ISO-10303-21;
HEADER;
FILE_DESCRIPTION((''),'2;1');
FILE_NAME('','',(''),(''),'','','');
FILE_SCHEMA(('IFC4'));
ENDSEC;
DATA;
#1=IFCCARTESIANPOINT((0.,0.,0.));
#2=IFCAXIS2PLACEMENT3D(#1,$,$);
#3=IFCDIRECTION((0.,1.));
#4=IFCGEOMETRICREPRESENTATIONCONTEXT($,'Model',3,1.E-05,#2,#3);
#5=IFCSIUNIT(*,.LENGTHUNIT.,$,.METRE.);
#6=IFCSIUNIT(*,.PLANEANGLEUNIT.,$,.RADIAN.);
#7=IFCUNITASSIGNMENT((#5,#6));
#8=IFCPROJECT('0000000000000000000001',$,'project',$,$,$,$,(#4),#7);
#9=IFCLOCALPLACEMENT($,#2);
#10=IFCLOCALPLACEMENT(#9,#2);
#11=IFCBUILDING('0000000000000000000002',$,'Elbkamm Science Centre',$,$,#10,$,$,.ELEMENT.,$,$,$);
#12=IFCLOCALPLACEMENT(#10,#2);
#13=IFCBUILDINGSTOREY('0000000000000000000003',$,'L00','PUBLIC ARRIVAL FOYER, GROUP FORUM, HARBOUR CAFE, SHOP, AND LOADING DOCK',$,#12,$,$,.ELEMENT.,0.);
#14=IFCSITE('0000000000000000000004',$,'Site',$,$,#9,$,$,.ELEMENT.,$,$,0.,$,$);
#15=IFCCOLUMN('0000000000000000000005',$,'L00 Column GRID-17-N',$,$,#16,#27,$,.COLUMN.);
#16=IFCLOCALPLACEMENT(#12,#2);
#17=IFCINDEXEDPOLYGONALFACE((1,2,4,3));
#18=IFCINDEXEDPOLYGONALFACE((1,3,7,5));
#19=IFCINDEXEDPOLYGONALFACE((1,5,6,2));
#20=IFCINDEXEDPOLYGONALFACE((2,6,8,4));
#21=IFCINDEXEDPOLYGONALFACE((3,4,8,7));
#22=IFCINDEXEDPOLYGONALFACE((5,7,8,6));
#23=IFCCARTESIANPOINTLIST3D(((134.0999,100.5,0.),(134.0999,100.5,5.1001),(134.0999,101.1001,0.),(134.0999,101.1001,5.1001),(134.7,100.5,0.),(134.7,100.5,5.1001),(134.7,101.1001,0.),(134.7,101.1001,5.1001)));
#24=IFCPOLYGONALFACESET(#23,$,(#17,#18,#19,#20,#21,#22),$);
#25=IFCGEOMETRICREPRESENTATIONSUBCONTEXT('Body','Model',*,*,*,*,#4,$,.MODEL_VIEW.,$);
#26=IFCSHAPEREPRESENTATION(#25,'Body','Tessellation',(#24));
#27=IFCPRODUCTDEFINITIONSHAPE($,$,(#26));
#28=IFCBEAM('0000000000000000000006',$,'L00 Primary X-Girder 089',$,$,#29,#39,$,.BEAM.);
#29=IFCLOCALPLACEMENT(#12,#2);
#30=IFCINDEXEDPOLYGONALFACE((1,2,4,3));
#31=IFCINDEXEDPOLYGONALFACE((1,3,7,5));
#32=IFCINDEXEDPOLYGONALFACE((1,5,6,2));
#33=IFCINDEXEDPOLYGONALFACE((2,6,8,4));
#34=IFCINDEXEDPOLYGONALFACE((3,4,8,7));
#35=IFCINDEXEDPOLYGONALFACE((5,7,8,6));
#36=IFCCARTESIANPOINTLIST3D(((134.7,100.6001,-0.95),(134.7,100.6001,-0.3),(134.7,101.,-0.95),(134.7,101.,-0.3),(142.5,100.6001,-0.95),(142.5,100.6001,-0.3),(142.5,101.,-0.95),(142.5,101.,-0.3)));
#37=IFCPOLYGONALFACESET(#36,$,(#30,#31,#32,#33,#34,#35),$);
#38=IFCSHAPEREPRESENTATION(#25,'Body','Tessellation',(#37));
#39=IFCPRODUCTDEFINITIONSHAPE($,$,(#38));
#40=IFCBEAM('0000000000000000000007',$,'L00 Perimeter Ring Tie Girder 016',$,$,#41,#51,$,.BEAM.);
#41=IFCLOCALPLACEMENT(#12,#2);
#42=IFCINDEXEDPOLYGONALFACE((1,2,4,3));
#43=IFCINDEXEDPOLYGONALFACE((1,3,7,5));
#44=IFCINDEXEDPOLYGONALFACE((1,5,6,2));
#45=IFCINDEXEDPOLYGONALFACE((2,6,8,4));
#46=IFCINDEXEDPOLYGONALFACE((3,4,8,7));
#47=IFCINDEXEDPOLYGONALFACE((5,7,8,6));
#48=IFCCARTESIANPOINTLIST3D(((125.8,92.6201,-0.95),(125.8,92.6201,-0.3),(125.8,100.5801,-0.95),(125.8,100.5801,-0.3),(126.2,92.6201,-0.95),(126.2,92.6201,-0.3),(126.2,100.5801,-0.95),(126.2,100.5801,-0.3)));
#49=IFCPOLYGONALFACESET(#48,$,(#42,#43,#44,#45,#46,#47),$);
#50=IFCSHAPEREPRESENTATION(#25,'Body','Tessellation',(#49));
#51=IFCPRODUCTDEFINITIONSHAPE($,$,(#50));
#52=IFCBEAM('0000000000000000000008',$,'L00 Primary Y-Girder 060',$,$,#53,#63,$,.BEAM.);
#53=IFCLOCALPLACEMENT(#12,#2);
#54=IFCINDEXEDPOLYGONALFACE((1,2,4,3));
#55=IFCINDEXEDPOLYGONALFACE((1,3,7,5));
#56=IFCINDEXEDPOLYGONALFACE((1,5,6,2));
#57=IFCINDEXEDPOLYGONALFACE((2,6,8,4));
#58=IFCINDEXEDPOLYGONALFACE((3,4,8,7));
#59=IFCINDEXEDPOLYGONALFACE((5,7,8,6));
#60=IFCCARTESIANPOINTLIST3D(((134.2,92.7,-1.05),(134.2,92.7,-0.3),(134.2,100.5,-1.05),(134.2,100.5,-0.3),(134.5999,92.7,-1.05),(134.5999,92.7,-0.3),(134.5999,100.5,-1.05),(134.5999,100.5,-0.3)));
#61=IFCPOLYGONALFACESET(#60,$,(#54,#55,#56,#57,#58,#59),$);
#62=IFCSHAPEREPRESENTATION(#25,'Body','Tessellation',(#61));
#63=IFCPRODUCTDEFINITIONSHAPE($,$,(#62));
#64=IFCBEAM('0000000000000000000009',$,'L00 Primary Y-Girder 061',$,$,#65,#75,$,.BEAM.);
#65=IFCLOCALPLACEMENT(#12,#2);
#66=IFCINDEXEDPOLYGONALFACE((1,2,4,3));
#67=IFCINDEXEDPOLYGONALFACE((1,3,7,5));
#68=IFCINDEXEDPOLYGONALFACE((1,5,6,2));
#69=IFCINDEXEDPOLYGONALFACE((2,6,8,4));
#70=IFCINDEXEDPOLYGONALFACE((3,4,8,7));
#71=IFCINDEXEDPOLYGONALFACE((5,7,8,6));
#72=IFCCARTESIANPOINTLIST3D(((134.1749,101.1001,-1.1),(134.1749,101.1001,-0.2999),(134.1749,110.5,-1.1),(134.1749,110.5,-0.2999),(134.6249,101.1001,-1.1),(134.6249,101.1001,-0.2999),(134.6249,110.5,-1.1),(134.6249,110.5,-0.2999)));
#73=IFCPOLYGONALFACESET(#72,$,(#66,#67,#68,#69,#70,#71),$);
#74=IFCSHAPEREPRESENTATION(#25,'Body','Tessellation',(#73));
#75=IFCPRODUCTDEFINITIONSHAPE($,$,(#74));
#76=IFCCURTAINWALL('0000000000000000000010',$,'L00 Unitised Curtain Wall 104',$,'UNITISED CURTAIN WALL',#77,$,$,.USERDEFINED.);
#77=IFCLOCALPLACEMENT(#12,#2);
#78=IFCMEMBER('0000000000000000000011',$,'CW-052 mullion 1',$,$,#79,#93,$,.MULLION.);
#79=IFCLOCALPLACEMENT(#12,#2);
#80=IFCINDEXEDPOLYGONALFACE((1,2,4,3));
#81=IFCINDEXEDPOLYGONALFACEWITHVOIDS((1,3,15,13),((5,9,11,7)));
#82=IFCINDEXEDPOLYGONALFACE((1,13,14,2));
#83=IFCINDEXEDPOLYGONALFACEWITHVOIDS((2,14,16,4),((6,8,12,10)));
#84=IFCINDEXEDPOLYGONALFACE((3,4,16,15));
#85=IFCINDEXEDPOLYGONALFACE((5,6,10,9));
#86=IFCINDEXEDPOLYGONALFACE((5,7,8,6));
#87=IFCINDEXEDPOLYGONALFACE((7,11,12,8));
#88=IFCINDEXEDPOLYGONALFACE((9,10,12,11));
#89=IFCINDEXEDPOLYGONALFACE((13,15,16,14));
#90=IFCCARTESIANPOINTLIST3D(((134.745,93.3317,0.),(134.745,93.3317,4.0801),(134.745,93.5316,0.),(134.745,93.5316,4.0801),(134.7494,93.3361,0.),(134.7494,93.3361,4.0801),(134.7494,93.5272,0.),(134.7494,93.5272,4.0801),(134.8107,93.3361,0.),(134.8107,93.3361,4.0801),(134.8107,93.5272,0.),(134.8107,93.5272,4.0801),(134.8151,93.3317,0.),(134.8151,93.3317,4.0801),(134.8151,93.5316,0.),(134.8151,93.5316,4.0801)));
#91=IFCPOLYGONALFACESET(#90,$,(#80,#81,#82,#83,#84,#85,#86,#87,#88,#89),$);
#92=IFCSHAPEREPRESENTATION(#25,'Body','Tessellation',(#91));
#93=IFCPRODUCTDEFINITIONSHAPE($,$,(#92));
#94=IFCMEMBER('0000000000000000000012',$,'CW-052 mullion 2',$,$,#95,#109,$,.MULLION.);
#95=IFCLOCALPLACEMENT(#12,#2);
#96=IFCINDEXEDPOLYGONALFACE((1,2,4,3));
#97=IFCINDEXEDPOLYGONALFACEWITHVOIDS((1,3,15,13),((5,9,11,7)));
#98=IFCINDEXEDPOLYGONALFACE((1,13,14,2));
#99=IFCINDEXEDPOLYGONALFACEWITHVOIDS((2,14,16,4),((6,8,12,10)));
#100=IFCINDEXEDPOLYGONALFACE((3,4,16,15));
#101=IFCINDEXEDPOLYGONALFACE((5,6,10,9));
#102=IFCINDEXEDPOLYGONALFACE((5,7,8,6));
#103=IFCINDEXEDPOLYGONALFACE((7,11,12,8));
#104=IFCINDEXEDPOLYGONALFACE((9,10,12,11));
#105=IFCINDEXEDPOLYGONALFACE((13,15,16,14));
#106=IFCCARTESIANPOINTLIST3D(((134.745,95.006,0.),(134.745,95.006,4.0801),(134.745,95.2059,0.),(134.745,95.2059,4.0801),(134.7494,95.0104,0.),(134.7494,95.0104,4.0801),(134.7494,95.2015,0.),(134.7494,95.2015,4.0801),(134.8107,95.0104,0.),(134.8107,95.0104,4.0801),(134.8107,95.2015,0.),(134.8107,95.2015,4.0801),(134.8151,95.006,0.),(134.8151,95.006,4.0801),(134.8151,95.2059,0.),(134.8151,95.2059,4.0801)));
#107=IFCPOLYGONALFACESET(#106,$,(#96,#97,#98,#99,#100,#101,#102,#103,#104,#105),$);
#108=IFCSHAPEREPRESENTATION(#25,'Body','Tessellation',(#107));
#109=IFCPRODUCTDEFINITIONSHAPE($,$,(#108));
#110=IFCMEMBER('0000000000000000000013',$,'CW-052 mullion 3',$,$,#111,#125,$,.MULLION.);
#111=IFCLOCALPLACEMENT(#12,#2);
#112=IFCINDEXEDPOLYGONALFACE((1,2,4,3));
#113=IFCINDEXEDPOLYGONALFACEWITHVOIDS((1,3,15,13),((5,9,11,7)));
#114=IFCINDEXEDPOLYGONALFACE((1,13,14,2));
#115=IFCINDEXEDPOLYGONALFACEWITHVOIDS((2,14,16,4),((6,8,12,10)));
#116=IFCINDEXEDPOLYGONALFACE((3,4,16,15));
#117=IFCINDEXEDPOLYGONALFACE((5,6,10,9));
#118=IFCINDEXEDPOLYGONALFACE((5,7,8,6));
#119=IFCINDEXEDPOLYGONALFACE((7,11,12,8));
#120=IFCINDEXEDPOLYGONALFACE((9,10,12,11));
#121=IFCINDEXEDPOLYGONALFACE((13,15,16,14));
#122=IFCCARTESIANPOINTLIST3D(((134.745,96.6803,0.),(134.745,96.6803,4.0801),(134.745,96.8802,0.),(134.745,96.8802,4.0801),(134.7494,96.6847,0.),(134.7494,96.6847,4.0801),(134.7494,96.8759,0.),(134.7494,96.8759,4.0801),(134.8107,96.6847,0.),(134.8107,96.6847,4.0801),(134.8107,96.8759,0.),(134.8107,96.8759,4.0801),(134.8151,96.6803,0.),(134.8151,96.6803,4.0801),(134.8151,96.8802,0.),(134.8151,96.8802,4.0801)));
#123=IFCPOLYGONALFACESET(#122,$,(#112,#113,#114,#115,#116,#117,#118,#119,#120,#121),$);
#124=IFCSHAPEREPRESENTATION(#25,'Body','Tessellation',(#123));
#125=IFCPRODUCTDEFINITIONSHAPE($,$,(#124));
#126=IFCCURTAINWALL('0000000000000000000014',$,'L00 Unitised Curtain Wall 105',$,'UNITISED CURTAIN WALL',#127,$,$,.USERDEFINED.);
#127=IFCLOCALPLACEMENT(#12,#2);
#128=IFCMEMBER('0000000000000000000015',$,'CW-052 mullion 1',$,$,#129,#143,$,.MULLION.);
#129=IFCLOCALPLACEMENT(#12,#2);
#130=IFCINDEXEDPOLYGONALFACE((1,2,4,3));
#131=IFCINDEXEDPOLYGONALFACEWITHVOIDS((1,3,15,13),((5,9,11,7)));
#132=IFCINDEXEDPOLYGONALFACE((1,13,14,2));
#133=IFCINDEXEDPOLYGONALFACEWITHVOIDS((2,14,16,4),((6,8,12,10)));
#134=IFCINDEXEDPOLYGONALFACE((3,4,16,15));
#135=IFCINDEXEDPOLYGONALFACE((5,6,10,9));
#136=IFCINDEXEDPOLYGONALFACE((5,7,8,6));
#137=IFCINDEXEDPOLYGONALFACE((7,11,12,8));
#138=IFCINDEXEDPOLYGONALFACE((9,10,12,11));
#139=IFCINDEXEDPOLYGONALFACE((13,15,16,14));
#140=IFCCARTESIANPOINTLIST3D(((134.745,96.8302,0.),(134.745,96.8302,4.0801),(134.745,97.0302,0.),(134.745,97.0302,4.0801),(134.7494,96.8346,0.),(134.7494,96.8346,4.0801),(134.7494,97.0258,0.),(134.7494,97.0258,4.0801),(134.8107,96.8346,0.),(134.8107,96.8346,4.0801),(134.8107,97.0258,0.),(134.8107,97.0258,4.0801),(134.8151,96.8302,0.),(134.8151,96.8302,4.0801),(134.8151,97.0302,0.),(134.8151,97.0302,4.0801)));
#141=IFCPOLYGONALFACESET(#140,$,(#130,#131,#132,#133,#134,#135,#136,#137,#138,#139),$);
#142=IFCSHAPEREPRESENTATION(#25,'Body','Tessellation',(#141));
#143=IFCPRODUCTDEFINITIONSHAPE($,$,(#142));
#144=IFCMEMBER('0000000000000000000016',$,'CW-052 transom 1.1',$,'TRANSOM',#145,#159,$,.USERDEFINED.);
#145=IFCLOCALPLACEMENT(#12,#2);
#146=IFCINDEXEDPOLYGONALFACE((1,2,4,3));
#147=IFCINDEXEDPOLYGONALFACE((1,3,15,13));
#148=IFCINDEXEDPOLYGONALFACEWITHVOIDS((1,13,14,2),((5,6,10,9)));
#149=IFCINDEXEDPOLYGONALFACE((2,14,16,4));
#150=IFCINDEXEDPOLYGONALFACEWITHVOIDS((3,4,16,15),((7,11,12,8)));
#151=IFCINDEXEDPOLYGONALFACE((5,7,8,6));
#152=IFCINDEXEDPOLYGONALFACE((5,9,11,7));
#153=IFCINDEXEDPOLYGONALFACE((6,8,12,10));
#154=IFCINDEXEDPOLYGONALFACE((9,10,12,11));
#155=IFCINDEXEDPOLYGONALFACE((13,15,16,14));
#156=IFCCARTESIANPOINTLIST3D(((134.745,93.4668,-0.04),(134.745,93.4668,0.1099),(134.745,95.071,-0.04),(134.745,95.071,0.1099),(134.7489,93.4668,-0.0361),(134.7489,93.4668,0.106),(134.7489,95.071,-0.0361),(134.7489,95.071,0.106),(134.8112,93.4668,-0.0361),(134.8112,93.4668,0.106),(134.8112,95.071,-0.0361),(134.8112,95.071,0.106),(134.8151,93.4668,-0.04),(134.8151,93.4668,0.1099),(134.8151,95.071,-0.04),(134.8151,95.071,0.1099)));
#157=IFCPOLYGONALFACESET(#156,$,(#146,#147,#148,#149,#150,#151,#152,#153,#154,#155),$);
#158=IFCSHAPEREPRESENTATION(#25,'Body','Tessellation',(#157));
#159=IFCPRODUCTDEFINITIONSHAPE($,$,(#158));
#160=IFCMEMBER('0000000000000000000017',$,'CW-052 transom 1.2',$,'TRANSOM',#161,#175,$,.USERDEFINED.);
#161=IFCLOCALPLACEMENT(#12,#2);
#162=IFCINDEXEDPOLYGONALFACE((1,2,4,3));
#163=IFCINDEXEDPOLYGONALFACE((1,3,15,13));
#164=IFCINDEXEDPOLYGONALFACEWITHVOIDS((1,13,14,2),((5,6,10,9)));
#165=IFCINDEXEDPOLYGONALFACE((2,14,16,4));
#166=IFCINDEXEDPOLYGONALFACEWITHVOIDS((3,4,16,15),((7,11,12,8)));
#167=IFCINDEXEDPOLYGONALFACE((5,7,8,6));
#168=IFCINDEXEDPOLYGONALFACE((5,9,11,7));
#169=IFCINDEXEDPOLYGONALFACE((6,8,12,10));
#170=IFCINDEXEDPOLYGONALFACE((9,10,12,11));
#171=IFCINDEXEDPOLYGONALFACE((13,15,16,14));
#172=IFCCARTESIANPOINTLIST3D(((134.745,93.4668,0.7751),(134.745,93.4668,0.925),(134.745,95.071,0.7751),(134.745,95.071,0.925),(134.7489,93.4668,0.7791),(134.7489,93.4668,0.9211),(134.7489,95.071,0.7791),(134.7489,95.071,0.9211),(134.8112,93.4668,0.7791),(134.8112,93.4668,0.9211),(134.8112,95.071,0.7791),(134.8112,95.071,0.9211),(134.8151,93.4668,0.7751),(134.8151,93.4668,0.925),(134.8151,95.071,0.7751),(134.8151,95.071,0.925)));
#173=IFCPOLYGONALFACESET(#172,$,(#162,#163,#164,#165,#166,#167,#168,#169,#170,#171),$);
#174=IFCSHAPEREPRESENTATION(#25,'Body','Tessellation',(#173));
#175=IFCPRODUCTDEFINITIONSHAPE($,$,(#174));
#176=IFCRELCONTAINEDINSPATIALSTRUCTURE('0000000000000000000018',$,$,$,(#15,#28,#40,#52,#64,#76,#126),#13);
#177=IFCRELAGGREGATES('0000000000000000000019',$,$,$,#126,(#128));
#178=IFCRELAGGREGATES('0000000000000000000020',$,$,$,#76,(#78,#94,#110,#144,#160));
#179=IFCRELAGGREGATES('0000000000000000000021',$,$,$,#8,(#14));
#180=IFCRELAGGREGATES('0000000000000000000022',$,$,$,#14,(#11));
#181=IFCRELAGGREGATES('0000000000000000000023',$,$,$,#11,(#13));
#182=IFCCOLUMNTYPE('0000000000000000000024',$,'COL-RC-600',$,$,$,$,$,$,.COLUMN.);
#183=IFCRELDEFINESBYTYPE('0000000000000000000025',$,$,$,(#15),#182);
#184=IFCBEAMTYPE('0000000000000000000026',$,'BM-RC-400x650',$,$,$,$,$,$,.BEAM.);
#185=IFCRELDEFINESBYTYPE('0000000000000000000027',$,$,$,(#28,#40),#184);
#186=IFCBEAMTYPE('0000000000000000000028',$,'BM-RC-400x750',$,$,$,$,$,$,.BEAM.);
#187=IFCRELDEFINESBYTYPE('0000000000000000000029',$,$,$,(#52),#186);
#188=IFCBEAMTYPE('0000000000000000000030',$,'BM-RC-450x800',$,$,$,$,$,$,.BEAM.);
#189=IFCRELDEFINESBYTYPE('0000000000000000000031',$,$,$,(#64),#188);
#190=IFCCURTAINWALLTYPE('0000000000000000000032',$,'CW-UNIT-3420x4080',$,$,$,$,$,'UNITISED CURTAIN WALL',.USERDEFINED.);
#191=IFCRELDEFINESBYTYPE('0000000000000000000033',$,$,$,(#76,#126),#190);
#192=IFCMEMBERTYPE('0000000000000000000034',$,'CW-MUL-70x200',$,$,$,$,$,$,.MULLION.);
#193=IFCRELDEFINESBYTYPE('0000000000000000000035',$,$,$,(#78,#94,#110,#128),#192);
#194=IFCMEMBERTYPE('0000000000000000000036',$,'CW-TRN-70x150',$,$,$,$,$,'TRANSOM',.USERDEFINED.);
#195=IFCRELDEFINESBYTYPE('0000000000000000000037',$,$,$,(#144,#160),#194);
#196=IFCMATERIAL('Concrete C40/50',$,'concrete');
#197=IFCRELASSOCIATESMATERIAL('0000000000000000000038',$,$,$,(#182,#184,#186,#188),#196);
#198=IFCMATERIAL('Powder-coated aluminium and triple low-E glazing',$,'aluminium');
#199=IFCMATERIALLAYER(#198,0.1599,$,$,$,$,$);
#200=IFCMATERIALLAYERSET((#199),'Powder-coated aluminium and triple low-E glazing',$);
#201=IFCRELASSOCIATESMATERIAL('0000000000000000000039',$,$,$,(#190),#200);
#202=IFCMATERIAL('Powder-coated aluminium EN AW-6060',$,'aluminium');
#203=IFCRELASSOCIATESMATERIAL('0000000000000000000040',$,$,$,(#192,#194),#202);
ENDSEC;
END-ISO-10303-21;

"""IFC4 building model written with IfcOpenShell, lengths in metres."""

from ifc_helpers import new_model, si_unit, direction, frame, origin, origin_2d, place, context, subcontext, project, spatial, rectangle, hollow_rectangle, extrude, material, layer, layer_set, material_profile, profile_set, type_object, element, aggregate, save


model = new_model("IFC4")

# Units and contexts
model_context = context("Model", 3, precision=1e-05, world=origin(), true_north=direction((0.0, 1.0)))
body_context = subcontext(model_context, "Body", "Model", "MODEL_VIEW")
ifc_project = project(units=[si_unit("LENGTHUNIT", "METRE"), si_unit("PLANEANGLEUNIT", "RADIAN")], contexts=[model_context])

# Site, building, storey
site_placement = place(None, origin())
site = spatial("IfcSite", under=ifc_project, at=site_placement, Name="Site", CompositionType="ELEMENT", RefElevation=0.0)
building_placement = place(site_placement, origin())
building = spatial("IfcBuilding", under=site, at=building_placement, Name="Elbkamm Science Centre", CompositionType="ELEMENT")
storey_placement = place(building_placement, origin())
storey = spatial("IfcBuildingStorey", under=building, at=storey_placement, Name="L00", Description="PUBLIC ARRIVAL FOYER, GROUP FORUM, HARBOUR CAFE, SHOP, AND LOADING DOCK", CompositionType="ELEMENT", Elevation=0.0)

# Column
ifc_material_1 = material(Name="Concrete C40/50", Category="concrete")
ifc_material_profile_1 = material_profile(ifc_material_1, rectangle(XDim=0.6001, YDim=0.6001, at=origin_2d()), Name="RC 600x600")
ifc_profile_set_1 = profile_set([ifc_material_profile_1], Name="Concrete C40/50")
column_type = type_object("IfcColumnType", Name="COL-RC-600", PredefinedType="COLUMN", material=ifc_profile_set_1)
column_placement = place(storey_placement, frame((134.3999, 100.8, 0.0), z_axis=(0.0, 0.0, 1.0), x_axis=(1.0, 0.0, 0.0)))
element("IfcColumn", 1, at=column_placement, inside=storey, type_object=column_type, Name="L00 Column GRID-17-N", PredefinedType="COLUMN", context=body_context, shape_type="SweptSolid", body=[
    extrude(rectangle(XDim=0.6001, YDim=0.6001, at=origin_2d()), origin(), (0.0, 0.0, 1.0), 5.1001),
])

# Beams
ifc_material_profile_2 = material_profile(ifc_material_1, rectangle(XDim=0.3999, YDim=0.6499, at=origin_2d()), Name="RC 400x650")
ifc_profile_set_2 = profile_set([ifc_material_profile_2], Name="Concrete C40/50")
beam_type_1 = type_object("IfcBeamType", Name="BM-RC-400x650", PredefinedType="BEAM", material=ifc_profile_set_2)
beam_1_placement = place(storey_placement, frame((134.7, 100.8, -0.625), z_axis=(1.0, 0.0, 0.0), x_axis=(0.0, 1.0, 0.0)))
element("IfcBeam", 2, at=beam_1_placement, inside=storey, type_object=beam_type_1, Name="L00 Primary X-Girder 089", PredefinedType="BEAM", context=body_context, shape_type="SweptSolid", body=[
    extrude(rectangle(XDim=0.3999, YDim=0.6499, at=origin_2d()), origin(), (0.0, 0.0, 1.0), 7.8),
])
beam_2_placement = place(storey_placement, frame((126.0, 100.5801, -0.625), z_axis=(0.0, -1.0, 0.0), x_axis=(1.0, 0.0, 0.0)))
element("IfcBeam", 3, at=beam_2_placement, inside=storey, type_object=beam_type_1, Name="L00 Perimeter Ring Tie Girder 016", PredefinedType="BEAM", context=body_context, shape_type="SweptSolid", body=[
    extrude(rectangle(XDim=0.3999, YDim=0.6499, at=origin_2d()), origin(), (0.0, 0.0, 1.0), 7.96),
])
ifc_material_profile_3 = material_profile(ifc_material_1, rectangle(XDim=0.3999, YDim=0.75, at=origin_2d()), Name="RC 400x750")
ifc_profile_set_3 = profile_set([ifc_material_profile_3], Name="Concrete C40/50")
beam_type_2 = type_object("IfcBeamType", Name="BM-RC-400x750", PredefinedType="BEAM", material=ifc_profile_set_3)
beam_3_placement = place(storey_placement, frame((134.3999, 92.7, -0.675), z_axis=(0.0, 1.0, 0.0), x_axis=(-1.0, 0.0, 0.0)))
element("IfcBeam", 4, at=beam_3_placement, inside=storey, type_object=beam_type_2, Name="L00 Primary Y-Girder 060", PredefinedType="BEAM", context=body_context, shape_type="SweptSolid", body=[
    extrude(rectangle(XDim=0.3999, YDim=0.75, at=origin_2d()), origin(), (0.0, 0.0, 1.0), 7.8),
])
ifc_material_profile_4 = material_profile(ifc_material_1, rectangle(XDim=0.45, YDim=0.8, at=origin_2d()), Name="RC 450x800")
ifc_profile_set_4 = profile_set([ifc_material_profile_4], Name="Concrete C40/50")
beam_type_3 = type_object("IfcBeamType", Name="BM-RC-450x800", PredefinedType="BEAM", material=ifc_profile_set_4)
beam_4_placement = place(storey_placement, frame((134.3999, 101.1001, -0.7), z_axis=(0.0, 1.0, 0.0), x_axis=(-1.0, 0.0, 0.0)))
element("IfcBeam", 5, at=beam_4_placement, inside=storey, type_object=beam_type_3, Name="L00 Primary Y-Girder 061", PredefinedType="BEAM", context=body_context, shape_type="SweptSolid", body=[
    extrude(rectangle(XDim=0.45, YDim=0.8, at=origin_2d()), origin(), (0.0, 0.0, 1.0), 9.3999),
])

# Curtain wall, members
ifc_material_2 = material(Name="Powder-coated aluminium and triple low-E glazing", Category="aluminium")
ifc_layer_1 = layer(ifc_material_2, 0.1599)
ifc_layer_set_1 = layer_set([ifc_layer_1], Name="Powder-coated aluminium and triple low-E glazing")
curtain_wall_type = type_object("IfcCurtainWallType", Name="CW-UNIT-3420x4080", ElementType="UNITISED CURTAIN WALL", PredefinedType="USERDEFINED", material=ifc_layer_set_1)
curtain_wall_1_placement = place(storey_placement, origin())
curtain_wall_1 = element("IfcCurtainWall", 6, at=curtain_wall_1_placement, inside=storey, type_object=curtain_wall_type, Name="L00 Unitised Curtain Wall 104", ObjectType="UNITISED CURTAIN WALL", PredefinedType="USERDEFINED")
ifc_material_3 = material(Name="Powder-coated aluminium EN AW-6060", Category="aluminium")
ifc_material_profile_5 = material_profile(ifc_material_3, hollow_rectangle(XDim=0.0701, YDim=0.2, WallThickness=0.0044, at=origin_2d()), Name="ALU M70x200")
ifc_profile_set_5 = profile_set([ifc_material_profile_5], Name="Powder-coated aluminium EN AW-6060")
member_type_1 = type_object("IfcMemberType", Name="CW-MUL-70x200", PredefinedType="MULLION", material=ifc_profile_set_5)
member_1_placement = place(storey_placement, frame((134.78, 93.4316, 0.0), z_axis=(0.0, 0.0, 1.0), x_axis=(-1.0, 0.0, 0.0)))
member_1 = element("IfcMember", 7, at=member_1_placement, type_object=member_type_1, Name="CW-052 mullion 1", PredefinedType="MULLION", context=body_context, shape_type="SweptSolid", body=[
    extrude(hollow_rectangle(XDim=0.0701, YDim=0.2, WallThickness=0.0044, at=origin_2d()), origin(), (0.0, 0.0, 1.0), 4.0801),
])
member_2_placement = place(storey_placement, frame((134.78, 95.106, 0.0), z_axis=(0.0, 0.0, 1.0), x_axis=(-1.0, 0.0, 0.0)))
member_2 = element("IfcMember", 8, at=member_2_placement, type_object=member_type_1, Name="CW-052 mullion 2", PredefinedType="MULLION", context=body_context, shape_type="SweptSolid", body=[
    extrude(hollow_rectangle(XDim=0.0701, YDim=0.2, WallThickness=0.0044, at=origin_2d()), origin(), (0.0, 0.0, 1.0), 4.0801),
])
member_3_placement = place(storey_placement, frame((134.78, 96.7803, 0.0), z_axis=(0.0, 0.0, 1.0), x_axis=(-1.0, 0.0, 0.0)))
member_3 = element("IfcMember", 9, at=member_3_placement, type_object=member_type_1, Name="CW-052 mullion 3", PredefinedType="MULLION", context=body_context, shape_type="SweptSolid", body=[
    extrude(hollow_rectangle(XDim=0.0701, YDim=0.2, WallThickness=0.0044, at=origin_2d()), origin(), (0.0, 0.0, 1.0), 4.0801),
])

# Curtain wall, member
curtain_wall_2_placement = place(storey_placement, origin())
curtain_wall_2 = element("IfcCurtainWall", 10, at=curtain_wall_2_placement, inside=storey, type_object=curtain_wall_type, Name="L00 Unitised Curtain Wall 105", ObjectType="UNITISED CURTAIN WALL", PredefinedType="USERDEFINED")
member_4_placement = place(storey_placement, frame((134.78, 96.9302, 0.0), z_axis=(0.0, 0.0, 1.0), x_axis=(-1.0, 0.0, 0.0)))
member_4 = element("IfcMember", 11, at=member_4_placement, type_object=member_type_1, Name="CW-052 mullion 1", PredefinedType="MULLION", context=body_context, shape_type="SweptSolid", body=[
    extrude(hollow_rectangle(XDim=0.0701, YDim=0.2, WallThickness=0.0044, at=origin_2d()), origin(), (0.0, 0.0, 1.0), 4.0801),
])

# Members
ifc_material_profile_6 = material_profile(ifc_material_3, hollow_rectangle(XDim=0.0701, YDim=0.1499, WallThickness=0.0039, at=origin_2d()), Name="ALU T70x150")
ifc_profile_set_6 = profile_set([ifc_material_profile_6], Name="Powder-coated aluminium EN AW-6060")
member_type_2 = type_object("IfcMemberType", Name="CW-TRN-70x150", ElementType="TRANSOM", PredefinedType="USERDEFINED", material=ifc_profile_set_6)
member_5_placement = place(storey_placement, frame((134.78, 93.4668, 0.0349), z_axis=(0.0, 1.0, 0.0), x_axis=(-1.0, 0.0, 0.0)))
member_5 = element("IfcMember", 12, at=member_5_placement, type_object=member_type_2, Name="CW-052 transom 1.1", ObjectType="TRANSOM", PredefinedType="USERDEFINED", context=body_context, shape_type="SweptSolid", body=[
    extrude(hollow_rectangle(XDim=0.0701, YDim=0.1499, WallThickness=0.0039, at=origin_2d()), origin(), (0.0, 0.0, 1.0), 1.6042),
])
member_6_placement = place(storey_placement, frame((134.78, 93.4668, 0.8501), z_axis=(0.0, 1.0, 0.0), x_axis=(-1.0, 0.0, 0.0)))
member_6 = element("IfcMember", 13, at=member_6_placement, type_object=member_type_2, Name="CW-052 transom 1.2", ObjectType="TRANSOM", PredefinedType="USERDEFINED", context=body_context, shape_type="SweptSolid", body=[
    extrude(hollow_rectangle(XDim=0.0701, YDim=0.1499, WallThickness=0.0039, at=origin_2d()), origin(), (0.0, 0.0, 1.0), 1.6042),
])
aggregate(curtain_wall_2, [member_4])

aggregate(curtain_wall_1, [member_1, member_2, member_3, member_5, member_6])

save(model, "model.ifc")
